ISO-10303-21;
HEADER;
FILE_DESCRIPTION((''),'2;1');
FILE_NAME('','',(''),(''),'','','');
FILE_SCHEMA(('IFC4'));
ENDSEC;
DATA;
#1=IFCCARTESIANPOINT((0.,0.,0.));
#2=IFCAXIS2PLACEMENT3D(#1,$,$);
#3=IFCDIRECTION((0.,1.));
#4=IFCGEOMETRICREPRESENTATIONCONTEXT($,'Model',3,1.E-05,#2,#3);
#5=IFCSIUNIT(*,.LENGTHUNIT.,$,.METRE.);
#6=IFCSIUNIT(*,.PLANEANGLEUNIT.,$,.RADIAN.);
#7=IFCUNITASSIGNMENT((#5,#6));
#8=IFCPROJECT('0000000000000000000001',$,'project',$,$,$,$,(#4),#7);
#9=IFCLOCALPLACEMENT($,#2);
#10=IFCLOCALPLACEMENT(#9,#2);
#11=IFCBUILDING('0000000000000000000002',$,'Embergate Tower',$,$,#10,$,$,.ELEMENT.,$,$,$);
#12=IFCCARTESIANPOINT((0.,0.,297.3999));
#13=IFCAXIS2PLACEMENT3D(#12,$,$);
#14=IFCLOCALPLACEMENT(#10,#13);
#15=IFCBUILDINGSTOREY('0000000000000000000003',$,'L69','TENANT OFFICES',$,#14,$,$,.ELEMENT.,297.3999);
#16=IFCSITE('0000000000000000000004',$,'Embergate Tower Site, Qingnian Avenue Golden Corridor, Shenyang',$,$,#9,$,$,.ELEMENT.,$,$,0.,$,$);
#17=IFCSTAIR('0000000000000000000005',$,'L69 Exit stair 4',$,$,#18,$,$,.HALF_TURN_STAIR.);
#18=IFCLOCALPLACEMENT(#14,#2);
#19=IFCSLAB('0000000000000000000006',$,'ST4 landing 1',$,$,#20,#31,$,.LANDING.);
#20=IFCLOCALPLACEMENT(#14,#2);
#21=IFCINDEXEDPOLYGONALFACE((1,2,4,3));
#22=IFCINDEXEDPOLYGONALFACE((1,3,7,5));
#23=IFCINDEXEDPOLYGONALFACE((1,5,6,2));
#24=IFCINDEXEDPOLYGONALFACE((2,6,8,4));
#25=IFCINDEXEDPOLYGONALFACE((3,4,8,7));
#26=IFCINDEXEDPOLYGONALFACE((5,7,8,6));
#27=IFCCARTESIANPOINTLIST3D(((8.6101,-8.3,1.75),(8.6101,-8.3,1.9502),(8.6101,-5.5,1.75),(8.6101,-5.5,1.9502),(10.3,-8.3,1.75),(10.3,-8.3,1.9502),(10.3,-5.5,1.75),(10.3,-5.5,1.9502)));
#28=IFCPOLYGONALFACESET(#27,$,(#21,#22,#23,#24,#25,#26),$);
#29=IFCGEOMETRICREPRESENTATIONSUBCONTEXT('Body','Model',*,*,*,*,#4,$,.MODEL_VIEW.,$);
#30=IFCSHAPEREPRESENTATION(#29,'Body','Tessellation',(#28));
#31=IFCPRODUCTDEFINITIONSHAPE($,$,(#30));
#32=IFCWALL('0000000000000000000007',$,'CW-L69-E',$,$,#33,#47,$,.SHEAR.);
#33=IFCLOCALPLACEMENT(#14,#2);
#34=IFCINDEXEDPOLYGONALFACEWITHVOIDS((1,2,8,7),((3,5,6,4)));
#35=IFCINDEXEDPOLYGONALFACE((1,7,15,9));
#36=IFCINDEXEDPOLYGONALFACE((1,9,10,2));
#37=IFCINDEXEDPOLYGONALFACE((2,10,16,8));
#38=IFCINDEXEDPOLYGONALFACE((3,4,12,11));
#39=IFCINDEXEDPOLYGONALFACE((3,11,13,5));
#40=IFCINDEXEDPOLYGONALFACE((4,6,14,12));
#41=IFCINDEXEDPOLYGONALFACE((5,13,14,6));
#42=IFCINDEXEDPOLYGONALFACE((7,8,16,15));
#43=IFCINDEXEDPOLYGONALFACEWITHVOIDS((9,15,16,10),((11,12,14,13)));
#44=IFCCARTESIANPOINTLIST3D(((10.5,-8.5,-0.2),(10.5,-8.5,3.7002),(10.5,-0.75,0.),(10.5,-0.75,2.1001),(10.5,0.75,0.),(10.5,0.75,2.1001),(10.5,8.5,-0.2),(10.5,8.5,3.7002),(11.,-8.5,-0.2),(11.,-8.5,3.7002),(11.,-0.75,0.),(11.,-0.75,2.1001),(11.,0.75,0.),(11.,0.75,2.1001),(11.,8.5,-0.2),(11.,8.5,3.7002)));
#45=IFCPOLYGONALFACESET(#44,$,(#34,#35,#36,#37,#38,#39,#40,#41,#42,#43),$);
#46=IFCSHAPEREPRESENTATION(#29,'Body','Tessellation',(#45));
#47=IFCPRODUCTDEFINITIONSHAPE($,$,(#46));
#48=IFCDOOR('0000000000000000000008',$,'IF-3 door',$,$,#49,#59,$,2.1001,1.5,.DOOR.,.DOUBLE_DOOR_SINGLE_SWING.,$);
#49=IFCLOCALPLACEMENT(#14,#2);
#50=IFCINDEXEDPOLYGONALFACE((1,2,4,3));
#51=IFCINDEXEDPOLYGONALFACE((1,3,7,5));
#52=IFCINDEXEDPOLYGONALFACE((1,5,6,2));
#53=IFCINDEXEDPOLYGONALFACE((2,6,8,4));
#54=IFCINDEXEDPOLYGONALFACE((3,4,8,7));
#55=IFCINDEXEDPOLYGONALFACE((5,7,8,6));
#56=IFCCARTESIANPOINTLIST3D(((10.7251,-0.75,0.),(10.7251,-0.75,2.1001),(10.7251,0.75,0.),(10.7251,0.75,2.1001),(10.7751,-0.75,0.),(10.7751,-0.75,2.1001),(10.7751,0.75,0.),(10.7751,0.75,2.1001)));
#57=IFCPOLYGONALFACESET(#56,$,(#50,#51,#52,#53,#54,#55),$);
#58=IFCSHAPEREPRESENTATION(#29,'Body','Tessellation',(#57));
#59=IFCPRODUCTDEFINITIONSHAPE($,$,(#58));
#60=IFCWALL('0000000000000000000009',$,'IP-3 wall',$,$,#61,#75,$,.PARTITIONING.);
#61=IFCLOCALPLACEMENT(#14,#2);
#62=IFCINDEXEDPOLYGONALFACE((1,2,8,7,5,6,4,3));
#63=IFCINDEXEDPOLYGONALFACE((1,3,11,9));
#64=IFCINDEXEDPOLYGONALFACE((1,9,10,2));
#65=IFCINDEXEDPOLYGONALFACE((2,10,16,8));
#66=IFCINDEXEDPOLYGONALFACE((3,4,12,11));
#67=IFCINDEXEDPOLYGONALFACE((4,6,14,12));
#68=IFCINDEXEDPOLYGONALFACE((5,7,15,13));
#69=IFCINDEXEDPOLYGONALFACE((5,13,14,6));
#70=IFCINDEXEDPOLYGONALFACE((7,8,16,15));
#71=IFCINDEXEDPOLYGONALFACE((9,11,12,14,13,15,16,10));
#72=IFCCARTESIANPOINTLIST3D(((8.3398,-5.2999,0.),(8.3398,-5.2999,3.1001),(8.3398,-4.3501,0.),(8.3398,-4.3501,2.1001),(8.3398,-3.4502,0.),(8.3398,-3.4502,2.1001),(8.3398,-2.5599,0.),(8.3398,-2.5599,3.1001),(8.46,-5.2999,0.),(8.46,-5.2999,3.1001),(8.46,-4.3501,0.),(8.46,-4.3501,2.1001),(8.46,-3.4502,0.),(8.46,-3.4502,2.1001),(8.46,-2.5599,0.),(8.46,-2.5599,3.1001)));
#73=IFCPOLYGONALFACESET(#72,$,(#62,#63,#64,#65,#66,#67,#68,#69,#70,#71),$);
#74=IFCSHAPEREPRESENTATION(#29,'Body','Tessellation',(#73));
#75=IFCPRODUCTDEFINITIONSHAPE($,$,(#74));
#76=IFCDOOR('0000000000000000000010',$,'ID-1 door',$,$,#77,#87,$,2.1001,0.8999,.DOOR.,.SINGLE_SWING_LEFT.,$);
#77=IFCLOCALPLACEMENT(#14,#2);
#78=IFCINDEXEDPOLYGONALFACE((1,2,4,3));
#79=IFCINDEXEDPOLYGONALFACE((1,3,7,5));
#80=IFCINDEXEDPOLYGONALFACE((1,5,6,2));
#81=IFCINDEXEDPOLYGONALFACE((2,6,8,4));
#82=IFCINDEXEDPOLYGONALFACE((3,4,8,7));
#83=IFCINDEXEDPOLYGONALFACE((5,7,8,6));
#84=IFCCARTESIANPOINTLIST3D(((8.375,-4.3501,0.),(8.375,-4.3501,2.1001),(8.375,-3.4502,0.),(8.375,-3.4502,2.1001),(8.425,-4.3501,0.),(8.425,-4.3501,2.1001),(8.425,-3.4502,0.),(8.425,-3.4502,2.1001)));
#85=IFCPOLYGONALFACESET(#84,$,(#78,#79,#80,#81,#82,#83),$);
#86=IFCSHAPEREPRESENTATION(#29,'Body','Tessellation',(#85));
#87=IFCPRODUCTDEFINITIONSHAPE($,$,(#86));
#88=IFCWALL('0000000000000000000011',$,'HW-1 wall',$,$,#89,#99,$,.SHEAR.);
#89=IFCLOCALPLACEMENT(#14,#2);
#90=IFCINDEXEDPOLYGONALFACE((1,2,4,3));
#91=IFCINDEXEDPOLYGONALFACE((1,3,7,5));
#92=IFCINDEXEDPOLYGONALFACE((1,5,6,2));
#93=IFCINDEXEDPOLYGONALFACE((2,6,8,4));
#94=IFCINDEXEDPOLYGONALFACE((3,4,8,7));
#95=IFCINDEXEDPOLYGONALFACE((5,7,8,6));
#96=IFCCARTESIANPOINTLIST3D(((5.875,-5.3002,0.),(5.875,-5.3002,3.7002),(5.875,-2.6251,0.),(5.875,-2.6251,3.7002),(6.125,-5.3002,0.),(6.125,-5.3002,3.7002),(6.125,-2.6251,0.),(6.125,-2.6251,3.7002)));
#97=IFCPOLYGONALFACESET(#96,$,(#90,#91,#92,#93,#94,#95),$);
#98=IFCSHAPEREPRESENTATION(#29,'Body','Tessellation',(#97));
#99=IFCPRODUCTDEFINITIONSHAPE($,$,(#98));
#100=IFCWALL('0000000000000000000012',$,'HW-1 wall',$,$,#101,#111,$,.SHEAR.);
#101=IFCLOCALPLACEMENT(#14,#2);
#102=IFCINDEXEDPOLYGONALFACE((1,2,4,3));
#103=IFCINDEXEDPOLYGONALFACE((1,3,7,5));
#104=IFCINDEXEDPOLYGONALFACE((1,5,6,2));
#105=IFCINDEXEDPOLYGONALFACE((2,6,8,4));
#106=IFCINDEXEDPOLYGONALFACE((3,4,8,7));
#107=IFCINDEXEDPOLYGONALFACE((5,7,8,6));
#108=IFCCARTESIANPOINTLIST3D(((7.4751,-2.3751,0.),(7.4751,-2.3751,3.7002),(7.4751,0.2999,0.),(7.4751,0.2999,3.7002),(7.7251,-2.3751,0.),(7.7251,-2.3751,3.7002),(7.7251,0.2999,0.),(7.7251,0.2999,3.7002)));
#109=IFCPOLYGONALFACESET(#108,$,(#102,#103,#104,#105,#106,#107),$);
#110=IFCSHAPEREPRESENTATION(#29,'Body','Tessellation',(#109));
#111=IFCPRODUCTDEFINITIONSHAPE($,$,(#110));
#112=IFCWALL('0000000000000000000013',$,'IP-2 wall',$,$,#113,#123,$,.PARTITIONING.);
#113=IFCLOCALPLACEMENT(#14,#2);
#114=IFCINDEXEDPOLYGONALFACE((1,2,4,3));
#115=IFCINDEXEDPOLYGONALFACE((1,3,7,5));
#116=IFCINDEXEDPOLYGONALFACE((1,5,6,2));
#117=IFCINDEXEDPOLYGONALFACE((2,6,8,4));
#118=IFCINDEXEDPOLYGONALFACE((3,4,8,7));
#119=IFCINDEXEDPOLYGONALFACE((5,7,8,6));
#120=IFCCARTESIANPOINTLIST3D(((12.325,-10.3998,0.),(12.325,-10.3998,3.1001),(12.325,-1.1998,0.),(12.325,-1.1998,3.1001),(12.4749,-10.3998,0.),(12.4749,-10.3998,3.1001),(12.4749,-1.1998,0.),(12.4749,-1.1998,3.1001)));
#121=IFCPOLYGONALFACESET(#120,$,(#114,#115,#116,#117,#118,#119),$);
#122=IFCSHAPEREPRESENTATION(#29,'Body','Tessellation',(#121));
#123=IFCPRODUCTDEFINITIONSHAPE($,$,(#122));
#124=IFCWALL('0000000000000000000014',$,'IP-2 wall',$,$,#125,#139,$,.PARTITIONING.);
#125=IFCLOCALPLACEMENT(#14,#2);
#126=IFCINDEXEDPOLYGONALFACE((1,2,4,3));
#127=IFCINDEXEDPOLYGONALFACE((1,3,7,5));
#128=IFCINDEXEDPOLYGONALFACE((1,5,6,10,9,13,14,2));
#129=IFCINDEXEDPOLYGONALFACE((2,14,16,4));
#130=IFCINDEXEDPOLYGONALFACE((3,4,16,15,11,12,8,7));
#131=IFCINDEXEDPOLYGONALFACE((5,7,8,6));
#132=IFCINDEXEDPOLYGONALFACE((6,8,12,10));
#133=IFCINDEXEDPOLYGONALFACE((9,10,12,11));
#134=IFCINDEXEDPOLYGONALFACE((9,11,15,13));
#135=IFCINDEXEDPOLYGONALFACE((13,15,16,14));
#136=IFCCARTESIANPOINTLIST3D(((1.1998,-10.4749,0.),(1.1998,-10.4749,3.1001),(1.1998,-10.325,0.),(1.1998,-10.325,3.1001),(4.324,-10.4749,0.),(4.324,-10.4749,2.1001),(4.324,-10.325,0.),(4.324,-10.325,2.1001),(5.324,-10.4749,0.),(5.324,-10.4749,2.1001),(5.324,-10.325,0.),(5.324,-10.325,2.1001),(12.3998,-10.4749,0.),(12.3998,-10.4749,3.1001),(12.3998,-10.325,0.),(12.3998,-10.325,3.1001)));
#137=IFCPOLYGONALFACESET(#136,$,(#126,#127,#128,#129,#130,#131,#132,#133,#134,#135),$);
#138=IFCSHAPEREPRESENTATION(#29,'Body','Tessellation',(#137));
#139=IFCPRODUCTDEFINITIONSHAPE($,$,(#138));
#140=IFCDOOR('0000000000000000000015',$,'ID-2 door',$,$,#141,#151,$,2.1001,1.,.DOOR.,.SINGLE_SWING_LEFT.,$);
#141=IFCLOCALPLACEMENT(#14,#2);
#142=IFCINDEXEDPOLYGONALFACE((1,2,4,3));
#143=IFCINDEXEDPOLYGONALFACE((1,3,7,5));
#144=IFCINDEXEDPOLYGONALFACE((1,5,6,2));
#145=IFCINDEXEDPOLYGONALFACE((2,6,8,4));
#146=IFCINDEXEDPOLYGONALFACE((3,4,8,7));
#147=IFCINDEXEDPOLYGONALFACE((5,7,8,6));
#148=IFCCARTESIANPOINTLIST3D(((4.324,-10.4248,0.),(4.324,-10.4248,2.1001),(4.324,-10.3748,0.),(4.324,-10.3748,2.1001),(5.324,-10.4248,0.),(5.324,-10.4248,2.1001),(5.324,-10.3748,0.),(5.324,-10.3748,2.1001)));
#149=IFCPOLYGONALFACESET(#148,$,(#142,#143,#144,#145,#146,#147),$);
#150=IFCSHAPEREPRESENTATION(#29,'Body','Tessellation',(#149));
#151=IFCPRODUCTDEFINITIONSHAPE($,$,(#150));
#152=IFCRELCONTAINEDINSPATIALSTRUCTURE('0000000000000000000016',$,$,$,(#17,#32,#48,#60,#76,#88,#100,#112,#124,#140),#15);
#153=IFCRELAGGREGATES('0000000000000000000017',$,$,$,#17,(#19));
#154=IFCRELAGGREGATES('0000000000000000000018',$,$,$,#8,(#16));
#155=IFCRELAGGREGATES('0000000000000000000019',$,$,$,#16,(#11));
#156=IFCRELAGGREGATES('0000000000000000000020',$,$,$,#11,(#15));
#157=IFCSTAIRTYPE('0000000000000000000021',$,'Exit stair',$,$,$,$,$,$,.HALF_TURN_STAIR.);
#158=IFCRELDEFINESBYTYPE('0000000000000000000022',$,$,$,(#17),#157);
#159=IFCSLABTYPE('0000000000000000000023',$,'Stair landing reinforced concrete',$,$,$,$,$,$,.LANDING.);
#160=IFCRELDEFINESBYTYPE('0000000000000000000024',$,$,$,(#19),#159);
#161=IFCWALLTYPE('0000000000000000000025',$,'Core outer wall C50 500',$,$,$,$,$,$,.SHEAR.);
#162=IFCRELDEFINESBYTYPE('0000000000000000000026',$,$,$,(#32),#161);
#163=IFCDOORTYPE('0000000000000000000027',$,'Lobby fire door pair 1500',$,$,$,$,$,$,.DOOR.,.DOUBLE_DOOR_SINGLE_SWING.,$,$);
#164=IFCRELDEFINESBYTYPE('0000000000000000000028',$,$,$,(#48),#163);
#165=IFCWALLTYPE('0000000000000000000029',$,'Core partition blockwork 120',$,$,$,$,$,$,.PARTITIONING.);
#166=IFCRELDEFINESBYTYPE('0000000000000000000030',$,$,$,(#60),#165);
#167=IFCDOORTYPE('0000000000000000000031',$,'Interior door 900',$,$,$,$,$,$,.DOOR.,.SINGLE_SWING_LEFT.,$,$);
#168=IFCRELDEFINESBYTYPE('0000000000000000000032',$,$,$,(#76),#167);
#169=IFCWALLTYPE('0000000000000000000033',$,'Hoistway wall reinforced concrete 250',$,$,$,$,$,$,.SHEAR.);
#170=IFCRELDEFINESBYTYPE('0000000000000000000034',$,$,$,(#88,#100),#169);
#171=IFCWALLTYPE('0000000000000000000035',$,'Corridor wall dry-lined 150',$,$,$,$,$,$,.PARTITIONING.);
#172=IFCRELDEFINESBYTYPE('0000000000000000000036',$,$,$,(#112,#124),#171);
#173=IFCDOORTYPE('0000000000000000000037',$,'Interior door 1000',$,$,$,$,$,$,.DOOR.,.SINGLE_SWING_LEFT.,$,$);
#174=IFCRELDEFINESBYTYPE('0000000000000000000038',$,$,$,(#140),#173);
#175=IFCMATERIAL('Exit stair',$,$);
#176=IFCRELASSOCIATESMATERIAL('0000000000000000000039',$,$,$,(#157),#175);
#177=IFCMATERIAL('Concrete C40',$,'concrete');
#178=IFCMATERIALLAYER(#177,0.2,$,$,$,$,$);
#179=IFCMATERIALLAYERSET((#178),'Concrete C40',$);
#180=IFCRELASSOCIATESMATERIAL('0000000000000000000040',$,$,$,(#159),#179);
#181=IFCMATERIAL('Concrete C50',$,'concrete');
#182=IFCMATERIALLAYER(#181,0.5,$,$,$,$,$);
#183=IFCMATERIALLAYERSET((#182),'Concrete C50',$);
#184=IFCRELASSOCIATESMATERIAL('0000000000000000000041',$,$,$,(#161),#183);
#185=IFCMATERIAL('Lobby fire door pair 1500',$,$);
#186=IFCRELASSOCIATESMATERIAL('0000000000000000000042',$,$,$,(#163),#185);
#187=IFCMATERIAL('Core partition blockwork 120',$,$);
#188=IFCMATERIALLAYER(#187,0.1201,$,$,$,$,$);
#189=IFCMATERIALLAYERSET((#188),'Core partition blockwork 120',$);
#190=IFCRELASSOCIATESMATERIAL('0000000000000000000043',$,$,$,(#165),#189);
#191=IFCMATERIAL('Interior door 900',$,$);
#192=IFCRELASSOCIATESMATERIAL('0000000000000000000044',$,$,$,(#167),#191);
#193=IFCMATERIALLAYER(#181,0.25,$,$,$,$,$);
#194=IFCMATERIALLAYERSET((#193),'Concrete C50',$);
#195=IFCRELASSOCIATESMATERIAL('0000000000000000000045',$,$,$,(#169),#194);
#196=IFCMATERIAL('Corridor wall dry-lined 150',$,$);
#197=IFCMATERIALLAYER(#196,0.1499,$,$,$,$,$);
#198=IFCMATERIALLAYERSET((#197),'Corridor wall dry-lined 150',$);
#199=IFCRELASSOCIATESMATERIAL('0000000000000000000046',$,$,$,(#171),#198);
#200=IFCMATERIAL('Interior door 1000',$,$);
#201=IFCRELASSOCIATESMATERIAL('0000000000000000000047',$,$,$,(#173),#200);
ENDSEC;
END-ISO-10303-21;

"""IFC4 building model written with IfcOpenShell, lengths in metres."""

from ifc_helpers import new_model, si_unit, direction, frame, frame_2d, origin, place, context, subcontext, project, spatial, polyline, rectangle, outline, extrude, source, transform, mapped, material, layer, layer_set, type_object, element, fill, aggregate, save


model = new_model("IFC4")

# Units and contexts
model_context = context("Model", 3, precision=1e-05, world=origin(), true_north=direction((0.0, 1.0)))
body_context = subcontext(model_context, "Body", "Model", "MODEL_VIEW")
ifc_project = project(units=[si_unit("LENGTHUNIT", "METRE"), si_unit("PLANEANGLEUNIT", "RADIAN")], contexts=[model_context])

# Site, building, storey
site_placement = place(None, origin())
site = spatial("IfcSite", under=ifc_project, at=site_placement, Name="Embergate Tower Site, Qingnian Avenue Golden Corridor, Shenyang", CompositionType="ELEMENT", RefElevation=0.0)
building_placement = place(site_placement, origin())
building = spatial("IfcBuilding", under=site, at=building_placement, Name="Embergate Tower", CompositionType="ELEMENT")
storey_placement = place(building_placement, frame((0.0, 0.0, 297.3999)))
storey = spatial("IfcBuildingStorey", under=building, at=storey_placement, Name="L69", Description="TENANT OFFICES", CompositionType="ELEMENT", Elevation=297.3999)

# Stair, slab
ifc_material_1 = material(Name="Exit stair")
stair_type = type_object("IfcStairType", Name="Exit stair", PredefinedType="HALF_TURN_STAIR", material=ifc_material_1)
stair_placement = place(storey_placement, origin())
stair = element("IfcStair", 1, at=stair_placement, inside=storey, type_object=stair_type, Name="L69 Exit stair 4", PredefinedType="HALF_TURN_STAIR")
ifc_material_2 = material(Name="Concrete C40", Category="concrete")
ifc_layer_1 = layer(ifc_material_2, 0.2)
ifc_layer_set_1 = layer_set([ifc_layer_1], Name="Concrete C40")
slab_type = type_object("IfcSlabType", Name="Stair landing reinforced concrete", PredefinedType="LANDING", material=ifc_layer_set_1)
shared_shape_1 = source(origin(), body_context, "Body", "SweptSolid", [
    extrude(outline(polyline([(0.0, 0.0), (1.6899, 0.0), (1.6899, 2.8), (0.0, 2.8), (0.0, 0.0)])), origin(), (0.0, 0.0, 1.0), 0.2002),
])
slab_placement = place(storey_placement, frame((8.6101, -8.3, 1.75)))
slab = element("IfcSlab", 2, at=slab_placement, type_object=slab_type, Name="ST4 landing 1", PredefinedType="LANDING", context=body_context, shape_type="MappedRepresentation", body=[
    mapped(shared_shape_1, transform((0.0, 0.0, 0.0))),
])

# Walls, openings, doors
ifc_material_3 = material(Name="Concrete C50", Category="concrete")
ifc_layer_2 = layer(ifc_material_3, 0.5)
ifc_layer_set_2 = layer_set([ifc_layer_2], Name="Concrete C50")
wall_type_1 = type_object("IfcWallType", Name="Core outer wall C50 500", PredefinedType="SHEAR", material=ifc_layer_set_2)
shared_shape_2 = source(origin(), body_context, "Body", "SweptSolid", [
    extrude(rectangle(XDim=17.0, YDim=0.5, at=frame_2d((8.5, 0.0))), origin(), (0.0, 0.0, 1.0), 3.9001),
])
wall_1_placement = place(storey_placement, frame((10.75, -8.5, -0.2), z_axis=(0.0, 0.0, 1.0), x_axis=(0.0, 1.0, 0.0)))
wall_1 = element("IfcWall", 3, at=wall_1_placement, inside=storey, type_object=wall_type_1, Name="CW-L69-E", PredefinedType="SHEAR", context=body_context, shape_type="MappedRepresentation", body=[
    mapped(shared_shape_2, transform((0.0, 0.0, 0.0))),
])
shared_shape_3 = source(origin(), body_context, "Body", "SweptSolid", [
    extrude(rectangle(XDim=1.5, YDim=2.1001, at=frame_2d((0.75, 1.05))), frame((0.0, 0.26, 0.0), z_axis=(0.0, -1.0, 0.0), x_axis=(1.0, 0.0, 0.0)), (0.0, 0.0, 1.0), 0.52),
])
opening_1_placement = place(wall_1_placement, frame((7.75, 0.0, 0.2)))
opening_1 = element("IfcOpeningElement", 4, at=opening_1_placement, cuts=wall_1, PredefinedType="OPENING", context=body_context, shape_type="MappedRepresentation", body=[
    mapped(shared_shape_3, transform((0.0, 0.0, 0.0))),
])
ifc_material_4 = material(Name="Lobby fire door pair 1500")
door_type_1 = type_object("IfcDoorType", Name="Lobby fire door pair 1500", OperationType="DOUBLE_DOOR_SINGLE_SWING", PredefinedType="DOOR", material=ifc_material_4)
shared_shape_4 = source(origin(), body_context, "Body", "SweptSolid", [
    extrude(rectangle(XDim=1.5, YDim=2.1001, at=frame_2d((0.75, 1.05))), frame((0.0, 0.0249, 0.0), z_axis=(0.0, -1.0, 0.0), x_axis=(1.0, 0.0, 0.0)), (0.0, 0.0, 1.0), 0.05),
])
door_1_placement = place(opening_1_placement, origin())
door_1 = element("IfcDoor", 5, at=door_1_placement, inside=storey, type_object=door_type_1, Name="IF-3 door", OperationType="DOUBLE_DOOR_SINGLE_SWING", OverallHeight=2.1001, OverallWidth=1.5, PredefinedType="DOOR", context=body_context, shape_type="MappedRepresentation", body=[
    mapped(shared_shape_4, transform((0.0, 0.0, 0.0))),
])
fill(opening_1, door_1)
ifc_material_5 = material(Name="Core partition blockwork 120")
ifc_layer_3 = layer(ifc_material_5, 0.1201)
ifc_layer_set_3 = layer_set([ifc_layer_3], Name="Core partition blockwork 120")
wall_type_2 = type_object("IfcWallType", Name="Core partition blockwork 120", PredefinedType="PARTITIONING", material=ifc_layer_set_3)
shared_shape_5 = source(origin(), body_context, "Body", "SweptSolid", [
    extrude(rectangle(XDim=2.74, YDim=0.1201, at=frame_2d((1.3701, 0.0))), origin(), (0.0, 0.0, 1.0), 3.1001),
])
wall_2_placement = place(storey_placement, frame((8.3999, -5.3, 0.0), z_axis=(0.0, 0.0, 1.0), x_axis=(0.0, 1.0, 0.0)))
wall_2 = element("IfcWall", 6, at=wall_2_placement, inside=storey, type_object=wall_type_2, Name="IP-3 wall", PredefinedType="PARTITIONING", context=body_context, shape_type="MappedRepresentation", body=[
    mapped(shared_shape_5, transform((0.0, 0.0, 0.0))),
])
shared_shape_6 = source(origin(), body_context, "Body", "SweptSolid", [
    extrude(rectangle(XDim=0.8999, YDim=2.1001, at=frame_2d((0.45, 1.05))), frame((0.0, 0.0701, 0.0), z_axis=(0.0, -1.0, 0.0), x_axis=(1.0, 0.0, 0.0)), (0.0, 0.0, 1.0), 0.1401),
])
opening_2_placement = place(wall_2_placement, frame((0.95, 0.0, 0.0)))
opening_2 = element("IfcOpeningElement", 7, at=opening_2_placement, cuts=wall_2, PredefinedType="OPENING", context=body_context, shape_type="MappedRepresentation", body=[
    mapped(shared_shape_6, transform((0.0, 0.0, 0.0))),
])
ifc_material_6 = material(Name="Interior door 900")
door_type_2 = type_object("IfcDoorType", Name="Interior door 900", OperationType="SINGLE_SWING_LEFT", PredefinedType="DOOR", material=ifc_material_6)
shared_shape_7 = source(origin(), body_context, "Body", "SweptSolid", [
    extrude(rectangle(XDim=0.8999, YDim=2.1001, at=frame_2d((0.45, 1.05))), frame((0.0, 0.0249, 0.0), z_axis=(0.0, -1.0, 0.0), x_axis=(1.0, 0.0, 0.0)), (0.0, 0.0, 1.0), 0.05),
])
door_2_placement = place(opening_2_placement, origin())
door_2 = element("IfcDoor", 8, at=door_2_placement, inside=storey, type_object=door_type_2, Name="ID-1 door", OperationType="SINGLE_SWING_LEFT", OverallHeight=2.1001, OverallWidth=0.8999, PredefinedType="DOOR", context=body_context, shape_type="MappedRepresentation", body=[
    mapped(shared_shape_7, transform((0.0, 0.0, 0.0))),
])
fill(opening_2, door_2)

# Walls
ifc_layer_4 = layer(ifc_material_3, 0.25)
ifc_layer_set_4 = layer_set([ifc_layer_4], Name="Concrete C50")
wall_type_3 = type_object("IfcWallType", Name="Hoistway wall reinforced concrete 250", PredefinedType="SHEAR", material=ifc_layer_set_4)
shared_shape_8 = source(origin(), body_context, "Body", "SweptSolid", [
    extrude(rectangle(XDim=2.675, YDim=0.25, at=frame_2d((1.3374, 0.0))), origin(), (0.0, 0.0, 1.0), 3.7002),
])
for number, where, z_axis, x_axis, name in (
    (9, (6.0, -5.3, 0.0), (0.0, 0.0, 1.0), (0.0, 1.0, 0.0), "HW-1 wall"),
    (10, (7.6001, -2.375, 0.0), (0.0, 0.0, 1.0), (0.0, 1.0, 0.0), "HW-1 wall"),
):
    element("IfcWall", number, at=place(storey_placement, frame(where, z_axis=z_axis, x_axis=x_axis)), inside=storey, type_object=wall_type_3, Name=name, PredefinedType="SHEAR", context=body_context, shape_type="MappedRepresentation", body=[
        mapped(shared_shape_8, transform((0.0, 0.0, 0.0))),
    ])
ifc_material_7 = material(Name="Corridor wall dry-lined 150")
ifc_layer_5 = layer(ifc_material_7, 0.1499)
ifc_layer_set_5 = layer_set([ifc_layer_5], Name="Corridor wall dry-lined 150")
wall_type_4 = type_object("IfcWallType", Name="Corridor wall dry-lined 150", PredefinedType="PARTITIONING", material=ifc_layer_set_5)
shared_shape_9 = source(origin(), body_context, "Body", "SweptSolid", [
    extrude(rectangle(XDim=9.2, YDim=0.1499, at=frame_2d((4.6001, 0.0))), origin(), (0.0, 0.0, 1.0), 3.1001),
])
wall_3_placement = place(storey_placement, frame((12.3999, -10.3999, 0.0), z_axis=(0.0, 0.0, 1.0), x_axis=(0.0, 1.0, 0.0)))
element("IfcWall", 11, at=wall_3_placement, inside=storey, type_object=wall_type_4, Name="IP-2 wall", PredefinedType="PARTITIONING", context=body_context, shape_type="MappedRepresentation", body=[
    mapped(shared_shape_9, transform((0.0, 0.0, 0.0))),
])

# Wall, opening, door
shared_shape_10 = source(origin(), body_context, "Body", "SweptSolid", [
    extrude(rectangle(XDim=11.2, YDim=0.1499, at=frame_2d((5.6001, 0.0))), origin(), (0.0, 0.0, 1.0), 3.1001),
])
wall_4_placement = place(storey_placement, frame((12.3999, -10.3999, 0.0), z_axis=(0.0, 0.0, 1.0), x_axis=(-1.0, 0.0, 0.0)))
wall_4 = element("IfcWall", 12, at=wall_4_placement, inside=storey, type_object=wall_type_4, Name="IP-2 wall", PredefinedType="PARTITIONING", context=body_context, shape_type="MappedRepresentation", body=[
    mapped(shared_shape_10, transform((0.0, 0.0, 0.0))),
])
shared_shape_11 = source(origin(), body_context, "Body", "SweptSolid", [
    extrude(rectangle(XDim=1.0, YDim=2.1001, at=frame_2d((0.5, 1.05))), frame((0.0, 0.085, 0.0), z_axis=(0.0, -1.0, 0.0), x_axis=(1.0, 0.0, 0.0)), (0.0, 0.0, 1.0), 0.1699),
])
opening_3_placement = place(wall_4_placement, frame((7.0759, 0.0, 0.0)))
opening_3 = element("IfcOpeningElement", 13, at=opening_3_placement, cuts=wall_4, PredefinedType="OPENING", context=body_context, shape_type="MappedRepresentation", body=[
    mapped(shared_shape_11, transform((0.0, 0.0, 0.0))),
])
ifc_material_8 = material(Name="Interior door 1000")
door_type_3 = type_object("IfcDoorType", Name="Interior door 1000", OperationType="SINGLE_SWING_LEFT", PredefinedType="DOOR", material=ifc_material_8)
shared_shape_12 = source(origin(), body_context, "Body", "SweptSolid", [
    extrude(rectangle(XDim=1.0, YDim=2.1001, at=frame_2d((0.5, 1.05))), frame((0.0, 0.0249, 0.0), z_axis=(0.0, -1.0, 0.0), x_axis=(1.0, 0.0, 0.0)), (0.0, 0.0, 1.0), 0.05),
])
door_3_placement = place(opening_3_placement, origin())
door_3 = element("IfcDoor", 14, at=door_3_placement, inside=storey, type_object=door_type_3, Name="ID-2 door", OperationType="SINGLE_SWING_LEFT", OverallHeight=2.1001, OverallWidth=1.0, PredefinedType="DOOR", context=body_context, shape_type="MappedRepresentation", body=[
    mapped(shared_shape_12, transform((0.0, 0.0, 0.0))),
])
fill(opening_3, door_3)

aggregate(stair, [slab])

save(model, "model.ifc")
